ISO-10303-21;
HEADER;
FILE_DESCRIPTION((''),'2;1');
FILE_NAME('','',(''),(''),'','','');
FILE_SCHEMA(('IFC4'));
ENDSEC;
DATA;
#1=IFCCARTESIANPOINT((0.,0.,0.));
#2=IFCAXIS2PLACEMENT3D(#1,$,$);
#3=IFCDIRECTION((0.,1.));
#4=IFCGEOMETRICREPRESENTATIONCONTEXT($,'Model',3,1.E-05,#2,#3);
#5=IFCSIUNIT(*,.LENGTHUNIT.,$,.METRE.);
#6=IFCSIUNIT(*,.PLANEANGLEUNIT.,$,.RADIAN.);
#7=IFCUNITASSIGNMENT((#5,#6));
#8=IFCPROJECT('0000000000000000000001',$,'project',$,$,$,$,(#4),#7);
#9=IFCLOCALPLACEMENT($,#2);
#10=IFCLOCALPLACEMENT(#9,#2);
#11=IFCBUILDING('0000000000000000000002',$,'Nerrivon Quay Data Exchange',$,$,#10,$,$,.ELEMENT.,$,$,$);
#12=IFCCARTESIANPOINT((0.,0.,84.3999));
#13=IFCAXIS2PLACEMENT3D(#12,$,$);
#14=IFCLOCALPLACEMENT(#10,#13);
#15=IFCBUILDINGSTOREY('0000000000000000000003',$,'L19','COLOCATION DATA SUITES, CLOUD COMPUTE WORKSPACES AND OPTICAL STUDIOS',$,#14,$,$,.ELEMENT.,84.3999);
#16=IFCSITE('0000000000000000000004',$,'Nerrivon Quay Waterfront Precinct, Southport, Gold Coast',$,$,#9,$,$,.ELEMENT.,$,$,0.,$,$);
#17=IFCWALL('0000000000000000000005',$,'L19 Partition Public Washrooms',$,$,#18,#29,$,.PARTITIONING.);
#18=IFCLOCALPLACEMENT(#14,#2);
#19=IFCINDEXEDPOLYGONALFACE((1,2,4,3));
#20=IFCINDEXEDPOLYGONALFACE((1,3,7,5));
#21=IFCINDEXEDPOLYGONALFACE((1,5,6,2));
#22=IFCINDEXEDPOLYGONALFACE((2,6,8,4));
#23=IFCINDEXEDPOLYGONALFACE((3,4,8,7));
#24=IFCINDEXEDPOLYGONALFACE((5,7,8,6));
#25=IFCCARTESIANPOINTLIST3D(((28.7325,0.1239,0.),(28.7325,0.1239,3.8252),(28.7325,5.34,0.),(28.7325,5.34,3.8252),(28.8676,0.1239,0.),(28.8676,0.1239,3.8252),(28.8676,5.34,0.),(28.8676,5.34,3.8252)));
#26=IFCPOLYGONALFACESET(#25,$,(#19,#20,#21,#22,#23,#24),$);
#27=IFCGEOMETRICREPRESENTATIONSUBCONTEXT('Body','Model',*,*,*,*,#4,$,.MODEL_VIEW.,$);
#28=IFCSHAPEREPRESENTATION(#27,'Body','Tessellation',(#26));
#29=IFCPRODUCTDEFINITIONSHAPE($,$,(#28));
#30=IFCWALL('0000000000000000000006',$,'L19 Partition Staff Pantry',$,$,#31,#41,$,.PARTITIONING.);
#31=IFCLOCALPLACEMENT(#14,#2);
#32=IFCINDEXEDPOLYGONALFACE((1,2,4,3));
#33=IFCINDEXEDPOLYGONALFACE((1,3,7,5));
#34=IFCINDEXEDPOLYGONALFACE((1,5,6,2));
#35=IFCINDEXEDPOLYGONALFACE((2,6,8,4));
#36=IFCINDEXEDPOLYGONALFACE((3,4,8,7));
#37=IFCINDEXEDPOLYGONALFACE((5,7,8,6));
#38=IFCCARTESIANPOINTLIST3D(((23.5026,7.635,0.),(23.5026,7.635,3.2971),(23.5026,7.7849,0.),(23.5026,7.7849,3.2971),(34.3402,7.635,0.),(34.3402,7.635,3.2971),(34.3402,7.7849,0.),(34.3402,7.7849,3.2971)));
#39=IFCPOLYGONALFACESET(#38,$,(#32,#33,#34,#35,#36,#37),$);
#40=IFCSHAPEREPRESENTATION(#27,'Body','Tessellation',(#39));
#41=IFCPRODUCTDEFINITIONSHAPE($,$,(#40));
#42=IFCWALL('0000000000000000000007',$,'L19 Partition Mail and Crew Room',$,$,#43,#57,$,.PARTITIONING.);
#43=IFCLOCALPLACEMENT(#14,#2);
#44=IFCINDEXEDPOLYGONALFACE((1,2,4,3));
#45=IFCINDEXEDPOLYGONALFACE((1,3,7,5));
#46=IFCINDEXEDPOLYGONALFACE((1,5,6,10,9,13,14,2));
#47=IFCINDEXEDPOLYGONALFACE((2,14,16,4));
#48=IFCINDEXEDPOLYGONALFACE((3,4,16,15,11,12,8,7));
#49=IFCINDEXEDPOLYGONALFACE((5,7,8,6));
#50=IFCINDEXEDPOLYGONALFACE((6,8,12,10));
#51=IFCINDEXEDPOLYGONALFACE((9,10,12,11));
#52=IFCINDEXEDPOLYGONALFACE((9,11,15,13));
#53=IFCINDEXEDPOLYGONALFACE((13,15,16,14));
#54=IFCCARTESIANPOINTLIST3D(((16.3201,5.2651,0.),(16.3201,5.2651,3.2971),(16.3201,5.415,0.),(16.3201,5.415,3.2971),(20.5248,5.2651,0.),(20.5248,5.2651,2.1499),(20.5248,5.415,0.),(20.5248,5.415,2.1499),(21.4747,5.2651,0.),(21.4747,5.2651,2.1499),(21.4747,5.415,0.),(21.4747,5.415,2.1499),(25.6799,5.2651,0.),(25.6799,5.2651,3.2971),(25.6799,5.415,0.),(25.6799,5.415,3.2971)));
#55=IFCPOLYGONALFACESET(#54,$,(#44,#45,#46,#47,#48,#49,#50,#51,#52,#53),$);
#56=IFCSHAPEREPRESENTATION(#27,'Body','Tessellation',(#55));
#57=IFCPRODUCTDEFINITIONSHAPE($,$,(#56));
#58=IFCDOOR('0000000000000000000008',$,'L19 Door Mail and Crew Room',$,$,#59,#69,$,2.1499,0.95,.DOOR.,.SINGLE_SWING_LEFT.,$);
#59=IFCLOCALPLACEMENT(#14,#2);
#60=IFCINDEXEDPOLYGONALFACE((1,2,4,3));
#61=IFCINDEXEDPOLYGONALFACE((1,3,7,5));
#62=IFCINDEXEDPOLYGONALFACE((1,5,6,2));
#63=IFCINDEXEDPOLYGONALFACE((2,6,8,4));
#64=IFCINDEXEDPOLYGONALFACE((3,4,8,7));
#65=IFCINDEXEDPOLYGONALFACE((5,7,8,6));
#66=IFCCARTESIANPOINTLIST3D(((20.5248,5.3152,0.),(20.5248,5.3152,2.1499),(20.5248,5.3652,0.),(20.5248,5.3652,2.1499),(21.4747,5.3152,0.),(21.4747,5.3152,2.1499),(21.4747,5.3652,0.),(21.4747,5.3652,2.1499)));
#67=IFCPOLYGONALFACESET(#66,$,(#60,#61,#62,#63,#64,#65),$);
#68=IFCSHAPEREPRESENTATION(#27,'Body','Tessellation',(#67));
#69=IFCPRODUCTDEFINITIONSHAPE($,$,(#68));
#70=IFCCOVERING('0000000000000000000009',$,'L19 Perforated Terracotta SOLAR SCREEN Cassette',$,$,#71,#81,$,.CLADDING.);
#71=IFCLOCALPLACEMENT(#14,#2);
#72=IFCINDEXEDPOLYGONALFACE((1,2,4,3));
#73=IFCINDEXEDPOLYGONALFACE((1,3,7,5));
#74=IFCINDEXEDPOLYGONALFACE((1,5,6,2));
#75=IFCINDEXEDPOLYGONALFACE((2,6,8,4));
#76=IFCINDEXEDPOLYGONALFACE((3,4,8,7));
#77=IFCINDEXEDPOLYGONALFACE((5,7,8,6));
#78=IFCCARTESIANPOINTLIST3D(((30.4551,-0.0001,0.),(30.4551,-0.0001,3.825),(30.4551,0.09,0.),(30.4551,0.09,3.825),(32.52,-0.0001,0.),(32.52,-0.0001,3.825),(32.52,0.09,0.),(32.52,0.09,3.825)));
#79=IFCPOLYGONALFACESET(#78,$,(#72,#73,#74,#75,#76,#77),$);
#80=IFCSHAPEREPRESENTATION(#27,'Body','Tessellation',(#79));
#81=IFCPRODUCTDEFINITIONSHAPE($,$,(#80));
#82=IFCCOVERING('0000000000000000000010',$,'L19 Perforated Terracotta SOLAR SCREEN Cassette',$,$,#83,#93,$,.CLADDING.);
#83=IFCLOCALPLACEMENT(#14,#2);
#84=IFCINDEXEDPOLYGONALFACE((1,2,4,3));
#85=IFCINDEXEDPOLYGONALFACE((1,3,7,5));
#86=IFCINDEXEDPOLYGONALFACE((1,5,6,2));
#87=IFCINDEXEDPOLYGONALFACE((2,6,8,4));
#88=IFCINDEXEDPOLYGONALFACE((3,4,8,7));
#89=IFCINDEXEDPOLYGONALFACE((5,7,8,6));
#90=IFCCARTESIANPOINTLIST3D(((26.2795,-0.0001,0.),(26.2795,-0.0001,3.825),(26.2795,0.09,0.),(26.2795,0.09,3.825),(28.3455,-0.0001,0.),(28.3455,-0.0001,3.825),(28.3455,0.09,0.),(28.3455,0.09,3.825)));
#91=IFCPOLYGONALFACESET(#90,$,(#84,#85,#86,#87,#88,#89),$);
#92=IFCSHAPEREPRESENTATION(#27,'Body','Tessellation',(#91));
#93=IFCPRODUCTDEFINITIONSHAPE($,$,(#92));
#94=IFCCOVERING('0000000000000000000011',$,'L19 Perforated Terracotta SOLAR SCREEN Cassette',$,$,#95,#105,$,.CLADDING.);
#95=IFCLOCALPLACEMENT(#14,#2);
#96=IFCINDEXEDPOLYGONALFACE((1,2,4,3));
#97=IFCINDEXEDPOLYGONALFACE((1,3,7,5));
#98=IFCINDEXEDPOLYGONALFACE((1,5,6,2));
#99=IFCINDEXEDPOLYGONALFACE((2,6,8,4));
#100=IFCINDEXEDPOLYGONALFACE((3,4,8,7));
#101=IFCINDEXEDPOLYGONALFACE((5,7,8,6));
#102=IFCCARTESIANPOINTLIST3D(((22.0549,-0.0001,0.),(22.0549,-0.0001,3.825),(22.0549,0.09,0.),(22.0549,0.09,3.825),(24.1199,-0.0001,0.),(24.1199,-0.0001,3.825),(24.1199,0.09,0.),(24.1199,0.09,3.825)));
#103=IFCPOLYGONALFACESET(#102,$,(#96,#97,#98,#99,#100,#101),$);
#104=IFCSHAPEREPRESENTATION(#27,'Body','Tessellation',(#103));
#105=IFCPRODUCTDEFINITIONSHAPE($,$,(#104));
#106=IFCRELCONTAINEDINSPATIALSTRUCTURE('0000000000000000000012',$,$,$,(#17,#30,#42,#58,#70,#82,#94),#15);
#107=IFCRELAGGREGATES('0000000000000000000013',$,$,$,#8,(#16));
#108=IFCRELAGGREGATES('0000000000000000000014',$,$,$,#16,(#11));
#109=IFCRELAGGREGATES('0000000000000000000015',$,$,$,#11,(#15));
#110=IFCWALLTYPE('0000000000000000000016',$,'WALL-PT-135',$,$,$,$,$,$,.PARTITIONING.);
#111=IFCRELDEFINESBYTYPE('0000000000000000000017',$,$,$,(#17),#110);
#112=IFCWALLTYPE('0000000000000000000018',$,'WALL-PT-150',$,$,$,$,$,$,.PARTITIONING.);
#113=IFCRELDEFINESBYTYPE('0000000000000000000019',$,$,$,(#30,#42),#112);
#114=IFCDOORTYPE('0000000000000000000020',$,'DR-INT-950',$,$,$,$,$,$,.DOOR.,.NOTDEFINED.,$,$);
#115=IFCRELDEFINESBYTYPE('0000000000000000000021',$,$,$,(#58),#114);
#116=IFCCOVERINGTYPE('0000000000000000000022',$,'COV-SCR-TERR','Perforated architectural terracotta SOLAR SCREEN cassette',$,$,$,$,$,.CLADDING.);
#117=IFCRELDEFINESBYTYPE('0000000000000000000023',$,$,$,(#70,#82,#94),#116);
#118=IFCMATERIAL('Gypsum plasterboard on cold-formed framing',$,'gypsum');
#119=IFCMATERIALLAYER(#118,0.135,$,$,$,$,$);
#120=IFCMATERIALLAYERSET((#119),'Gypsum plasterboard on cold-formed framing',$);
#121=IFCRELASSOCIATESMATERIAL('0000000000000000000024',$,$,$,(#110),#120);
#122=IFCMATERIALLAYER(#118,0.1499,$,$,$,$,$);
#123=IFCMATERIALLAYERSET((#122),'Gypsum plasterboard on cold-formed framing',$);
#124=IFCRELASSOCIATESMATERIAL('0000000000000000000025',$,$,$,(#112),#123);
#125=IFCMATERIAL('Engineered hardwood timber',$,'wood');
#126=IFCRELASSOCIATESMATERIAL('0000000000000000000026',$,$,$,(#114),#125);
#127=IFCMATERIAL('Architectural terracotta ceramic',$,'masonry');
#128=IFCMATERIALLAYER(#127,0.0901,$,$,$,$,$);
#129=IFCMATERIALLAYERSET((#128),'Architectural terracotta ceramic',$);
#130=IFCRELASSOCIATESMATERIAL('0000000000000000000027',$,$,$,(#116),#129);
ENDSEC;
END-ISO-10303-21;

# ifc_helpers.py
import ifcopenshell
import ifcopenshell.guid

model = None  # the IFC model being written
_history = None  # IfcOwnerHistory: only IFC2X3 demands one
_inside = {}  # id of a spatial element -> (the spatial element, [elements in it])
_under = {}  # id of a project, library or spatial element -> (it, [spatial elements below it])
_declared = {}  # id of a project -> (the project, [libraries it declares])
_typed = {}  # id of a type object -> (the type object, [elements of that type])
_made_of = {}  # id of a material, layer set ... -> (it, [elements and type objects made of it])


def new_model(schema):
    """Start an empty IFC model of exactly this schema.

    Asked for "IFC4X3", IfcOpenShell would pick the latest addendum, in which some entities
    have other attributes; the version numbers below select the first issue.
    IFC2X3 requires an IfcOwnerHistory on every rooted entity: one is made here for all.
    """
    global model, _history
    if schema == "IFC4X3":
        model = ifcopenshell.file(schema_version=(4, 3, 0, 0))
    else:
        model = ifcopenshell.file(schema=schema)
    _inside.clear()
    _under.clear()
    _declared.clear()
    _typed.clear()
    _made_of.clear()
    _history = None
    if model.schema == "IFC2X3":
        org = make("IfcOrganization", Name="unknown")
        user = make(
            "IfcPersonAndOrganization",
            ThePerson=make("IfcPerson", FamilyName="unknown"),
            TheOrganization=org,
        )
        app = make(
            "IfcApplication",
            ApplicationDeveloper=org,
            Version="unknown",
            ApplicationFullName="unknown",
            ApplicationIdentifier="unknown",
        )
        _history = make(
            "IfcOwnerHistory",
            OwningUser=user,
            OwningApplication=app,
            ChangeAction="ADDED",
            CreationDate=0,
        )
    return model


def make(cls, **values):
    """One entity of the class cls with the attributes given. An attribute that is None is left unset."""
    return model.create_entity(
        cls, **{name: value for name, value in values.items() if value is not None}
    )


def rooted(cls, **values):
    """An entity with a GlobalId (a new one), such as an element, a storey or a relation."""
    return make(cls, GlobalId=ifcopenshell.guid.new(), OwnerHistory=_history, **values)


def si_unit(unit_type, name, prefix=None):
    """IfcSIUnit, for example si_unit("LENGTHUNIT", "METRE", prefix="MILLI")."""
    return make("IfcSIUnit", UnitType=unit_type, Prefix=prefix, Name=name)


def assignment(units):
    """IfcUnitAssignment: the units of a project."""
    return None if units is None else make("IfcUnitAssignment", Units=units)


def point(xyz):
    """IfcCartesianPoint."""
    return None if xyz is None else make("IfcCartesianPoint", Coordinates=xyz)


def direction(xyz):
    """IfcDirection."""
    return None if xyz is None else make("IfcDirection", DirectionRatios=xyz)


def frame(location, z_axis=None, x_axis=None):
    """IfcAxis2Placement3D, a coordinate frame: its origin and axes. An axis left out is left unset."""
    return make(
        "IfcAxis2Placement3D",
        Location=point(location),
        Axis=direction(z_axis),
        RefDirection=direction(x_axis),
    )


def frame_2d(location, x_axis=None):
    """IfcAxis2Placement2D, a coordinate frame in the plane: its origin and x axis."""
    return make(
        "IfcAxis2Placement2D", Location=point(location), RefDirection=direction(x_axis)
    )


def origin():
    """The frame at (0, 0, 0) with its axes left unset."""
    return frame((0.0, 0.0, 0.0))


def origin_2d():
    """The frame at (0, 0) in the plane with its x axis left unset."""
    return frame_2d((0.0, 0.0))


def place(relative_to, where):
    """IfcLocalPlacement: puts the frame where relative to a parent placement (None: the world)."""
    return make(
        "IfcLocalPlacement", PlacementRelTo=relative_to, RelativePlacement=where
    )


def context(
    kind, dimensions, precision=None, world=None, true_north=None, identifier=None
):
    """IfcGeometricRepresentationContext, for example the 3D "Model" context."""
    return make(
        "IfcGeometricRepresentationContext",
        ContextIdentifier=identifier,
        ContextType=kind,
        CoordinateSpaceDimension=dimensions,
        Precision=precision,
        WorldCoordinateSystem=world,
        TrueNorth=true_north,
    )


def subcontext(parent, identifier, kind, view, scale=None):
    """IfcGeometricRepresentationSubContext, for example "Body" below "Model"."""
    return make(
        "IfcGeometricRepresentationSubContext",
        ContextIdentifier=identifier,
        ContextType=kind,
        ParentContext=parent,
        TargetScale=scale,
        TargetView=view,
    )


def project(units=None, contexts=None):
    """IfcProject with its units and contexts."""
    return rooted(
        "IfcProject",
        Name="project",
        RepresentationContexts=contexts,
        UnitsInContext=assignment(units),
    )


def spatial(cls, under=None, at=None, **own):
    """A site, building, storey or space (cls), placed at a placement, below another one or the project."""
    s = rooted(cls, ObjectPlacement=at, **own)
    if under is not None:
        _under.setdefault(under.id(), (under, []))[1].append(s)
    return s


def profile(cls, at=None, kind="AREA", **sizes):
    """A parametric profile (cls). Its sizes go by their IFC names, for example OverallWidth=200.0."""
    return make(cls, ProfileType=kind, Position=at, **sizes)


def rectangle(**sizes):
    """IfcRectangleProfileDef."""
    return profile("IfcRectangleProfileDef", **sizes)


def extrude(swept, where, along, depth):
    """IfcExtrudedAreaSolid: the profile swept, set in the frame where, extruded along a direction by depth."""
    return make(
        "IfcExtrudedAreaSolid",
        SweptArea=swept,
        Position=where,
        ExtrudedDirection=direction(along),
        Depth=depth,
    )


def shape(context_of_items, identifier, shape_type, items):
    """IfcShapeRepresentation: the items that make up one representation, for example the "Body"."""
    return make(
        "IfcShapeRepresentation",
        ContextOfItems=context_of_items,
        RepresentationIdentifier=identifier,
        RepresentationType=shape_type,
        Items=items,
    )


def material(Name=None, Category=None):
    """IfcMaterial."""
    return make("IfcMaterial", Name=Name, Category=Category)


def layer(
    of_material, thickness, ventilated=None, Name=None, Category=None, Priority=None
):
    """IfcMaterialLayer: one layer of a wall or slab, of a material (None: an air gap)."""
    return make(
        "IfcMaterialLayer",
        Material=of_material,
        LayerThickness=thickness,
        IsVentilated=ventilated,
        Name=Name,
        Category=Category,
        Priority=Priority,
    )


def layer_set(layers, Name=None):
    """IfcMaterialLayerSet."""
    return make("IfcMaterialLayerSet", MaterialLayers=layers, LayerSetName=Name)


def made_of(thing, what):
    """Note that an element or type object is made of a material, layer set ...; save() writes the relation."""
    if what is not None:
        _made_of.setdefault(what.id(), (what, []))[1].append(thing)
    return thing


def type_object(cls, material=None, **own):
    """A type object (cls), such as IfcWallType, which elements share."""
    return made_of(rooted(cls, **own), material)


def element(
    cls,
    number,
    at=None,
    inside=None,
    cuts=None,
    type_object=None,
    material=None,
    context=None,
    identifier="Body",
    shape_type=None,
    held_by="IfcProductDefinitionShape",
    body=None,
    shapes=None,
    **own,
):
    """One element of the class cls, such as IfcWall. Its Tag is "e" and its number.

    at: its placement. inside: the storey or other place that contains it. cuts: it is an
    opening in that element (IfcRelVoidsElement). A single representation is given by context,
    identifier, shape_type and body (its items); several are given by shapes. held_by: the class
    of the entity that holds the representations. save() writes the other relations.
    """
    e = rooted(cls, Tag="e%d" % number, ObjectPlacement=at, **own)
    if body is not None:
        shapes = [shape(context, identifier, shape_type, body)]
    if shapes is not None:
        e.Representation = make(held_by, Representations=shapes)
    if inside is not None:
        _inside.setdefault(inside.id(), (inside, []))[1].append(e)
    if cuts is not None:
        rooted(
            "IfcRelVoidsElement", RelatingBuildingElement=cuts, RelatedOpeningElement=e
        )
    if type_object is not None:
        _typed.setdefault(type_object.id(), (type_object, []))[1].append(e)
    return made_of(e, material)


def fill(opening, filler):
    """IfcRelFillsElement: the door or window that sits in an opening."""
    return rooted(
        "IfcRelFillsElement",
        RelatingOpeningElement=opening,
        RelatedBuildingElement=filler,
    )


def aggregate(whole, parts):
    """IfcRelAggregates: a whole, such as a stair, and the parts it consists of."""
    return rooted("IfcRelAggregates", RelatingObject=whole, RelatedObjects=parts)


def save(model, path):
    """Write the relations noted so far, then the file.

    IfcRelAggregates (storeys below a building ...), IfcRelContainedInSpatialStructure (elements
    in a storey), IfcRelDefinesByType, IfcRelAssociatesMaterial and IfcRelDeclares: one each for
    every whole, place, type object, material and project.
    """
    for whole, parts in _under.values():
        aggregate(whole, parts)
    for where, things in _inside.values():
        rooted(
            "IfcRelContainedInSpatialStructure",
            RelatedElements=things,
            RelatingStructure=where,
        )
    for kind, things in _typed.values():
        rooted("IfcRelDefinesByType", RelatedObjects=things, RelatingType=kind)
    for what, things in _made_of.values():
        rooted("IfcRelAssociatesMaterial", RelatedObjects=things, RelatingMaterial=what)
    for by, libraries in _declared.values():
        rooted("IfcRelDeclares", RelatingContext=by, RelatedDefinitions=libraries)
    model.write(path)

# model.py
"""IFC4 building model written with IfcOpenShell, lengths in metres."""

from ifc_helpers import new_model, si_unit, direction, frame, frame_2d, origin, origin_2d, place, context, subcontext, project, spatial, rectangle, extrude, material, layer, layer_set, type_object, element, fill, save


model = new_model("IFC4")

# Units and contexts
model_context = context("Model", 3, precision=1e-05, world=origin(), true_north=direction((0.0, 1.0)))
body_context = subcontext(model_context, "Body", "Model", "MODEL_VIEW")
ifc_project = project(units=[si_unit("LENGTHUNIT", "METRE"), si_unit("PLANEANGLEUNIT", "RADIAN")], contexts=[model_context])

# Site, building, storey
site_placement = place(None, origin())
site = spatial("IfcSite", under=ifc_project, at=site_placement, Name="Nerrivon Quay Waterfront Precinct, Southport, Gold Coast", CompositionType="ELEMENT", RefElevation=0.0)
building_placement = place(site_placement, origin())
building = spatial("IfcBuilding", under=site, at=building_placement, Name="Nerrivon Quay Data Exchange", CompositionType="ELEMENT")
storey_placement = place(building_placement, frame((0.0, 0.0, 84.3999)))
storey = spatial("IfcBuildingStorey", under=building, at=storey_placement, Name="L19", Description="COLOCATION DATA SUITES, CLOUD COMPUTE WORKSPACES AND OPTICAL STUDIOS", CompositionType="ELEMENT", Elevation=84.3999)

# Shared definitions
ifc_material_1 = material(Name="Gypsum plasterboard on cold-formed framing", Category="gypsum")
ifc_material_2 = material(Name="Engineered hardwood timber", Category="wood")

# Walls
ifc_layer_1 = layer(ifc_material_1, 0.135)
ifc_layer_set_1 = layer_set([ifc_layer_1], Name="Gypsum plasterboard on cold-formed framing")
wall_type_1 = type_object("IfcWallType", Name="WALL-PT-135", PredefinedType="PARTITIONING", material=ifc_layer_set_1)
for number, where, z_axis, x_axis, name in (
    (1, (28.8, 0.124, 0.0), (0.0, 0.0, 1.0), (0.0, 1.0, 0.0), "L19 Partition Public Washrooms"),
):
    element("IfcWall", number, at=place(storey_placement, frame(where, z_axis=z_axis, x_axis=x_axis)), inside=storey, type_object=wall_type_1, Name=name, PredefinedType="PARTITIONING", context=body_context, shape_type="SweptSolid", body=[
        extrude(rectangle(XDim=5.2161, YDim=0.135, at=frame_2d((2.6079, 0.0))), origin(), (0.0, 0.0, 1.0), 3.8252),
    ])
ifc_layer_2 = layer(ifc_material_1, 0.1499)
ifc_layer_set_2 = layer_set([ifc_layer_2], Name="Gypsum plasterboard on cold-formed framing")
wall_type_2 = type_object("IfcWallType", Name="WALL-PT-150", PredefinedType="PARTITIONING", material=ifc_layer_set_2)
wall_1_placement = place(storey_placement, frame((23.5024, 7.71, 0.0), z_axis=(0.0, 0.0, 1.0), x_axis=(1.0, 0.0, 0.0)))
element("IfcWall", 2, at=wall_1_placement, inside=storey, type_object=wall_type_2, Name="L19 Partition Staff Pantry", PredefinedType="PARTITIONING", context=body_context, shape_type="SweptSolid", body=[
    extrude(rectangle(XDim=10.8376, YDim=0.1499, at=frame_2d((5.4189, 0.0))), origin(), (0.0, 0.0, 1.0), 3.2971),
])

# Wall, opening, door
wall_2_placement = place(storey_placement, frame((25.6799, 5.3401, 0.0), z_axis=(0.0, 0.0, 1.0), x_axis=(-1.0, 0.0, 0.0)))
wall_2 = element("IfcWall", 3, at=wall_2_placement, inside=storey, type_object=wall_type_2, Name="L19 Partition Mail and Crew Room", PredefinedType="PARTITIONING", context=body_context, shape_type="SweptSolid", body=[
    extrude(rectangle(XDim=9.3599, YDim=0.1499, at=frame_2d((4.6799, 0.0))), origin(), (0.0, 0.0, 1.0), 3.2971),
])
opening_1_placement = place(wall_2_placement, frame((4.2051, 0.0, 0.0)))
opening_1 = element("IfcOpeningElement", 4, at=opening_1_placement, cuts=wall_2, PredefinedType="OPENING", context=body_context, shape_type="SweptSolid", body=[
    extrude(rectangle(XDim=0.95, YDim=2.1499, at=frame_2d((0.4751, 1.075))), frame((0.0, 0.085, 0.0), z_axis=(0.0, -1.0, 0.0), x_axis=(1.0, 0.0, 0.0)), (0.0, 0.0, 1.0), 0.1699),
])
door_type_1 = type_object("IfcDoorType", Name="DR-INT-950", OperationType="NOTDEFINED", PredefinedType="DOOR", material=ifc_material_2)
door_1_placement = place(opening_1_placement, origin())
door_1 = element("IfcDoor", 5, at=door_1_placement, inside=storey, type_object=door_type_1, Name="L19 Door Mail and Crew Room", OperationType="SINGLE_SWING_LEFT", OverallHeight=2.1499, OverallWidth=0.95, PredefinedType="DOOR", context=body_context, shape_type="SweptSolid", body=[
    extrude(rectangle(XDim=0.95, YDim=2.1499, at=frame_2d((0.4751, 1.075))), frame((0.0, 0.0249, 0.0), z_axis=(0.0, -1.0, 0.0), x_axis=(1.0, 0.0, 0.0)), (0.0, 0.0, 1.0), 0.05),
])
fill(opening_1, door_1)

# Coverings
ifc_material_3 = material(Name="Architectural terracotta ceramic", Category="masonry")
ifc_layer_3 = layer(ifc_material_3, 0.0901)
ifc_layer_set_3 = layer_set([ifc_layer_3], Name="Architectural terracotta ceramic")
covering_type = type_object("IfcCoveringType", Name="COV-SCR-TERR", Description="Perforated architectural terracotta SOLAR SCREEN cassette", PredefinedType="CLADDING", material=ifc_layer_set_3)
covering_1_placement = place(storey_placement, frame((31.4875, 0.0449, 0.0), z_axis=(0.0, 0.0, 1.0), x_axis=(-1.0, 0.0, 0.0)))
element("IfcCovering", 6, at=covering_1_placement, inside=storey, type_object=covering_type, Name="L19 Perforated Terracotta SOLAR SCREEN Cassette", PredefinedType="CLADDING", context=body_context, shape_type="SweptSolid", body=[
    extrude(rectangle(XDim=2.0649, YDim=0.0901, at=origin_2d()), origin(), (0.0, 0.0, 1.0), 3.825),
])
covering_2_placement = place(storey_placement, frame((27.3125, 0.0449, 0.0), z_axis=(0.0, 0.0, 1.0), x_axis=(-1.0, 0.0, 0.0)))
element("IfcCovering", 7, at=covering_2_placement, inside=storey, type_object=covering_type, Name="L19 Perforated Terracotta SOLAR SCREEN Cassette", PredefinedType="CLADDING", context=body_context, shape_type="SweptSolid", body=[
    extrude(rectangle(XDim=2.0659, YDim=0.0901, at=origin_2d()), origin(), (0.0, 0.0, 1.0), 3.825),
])
covering_3_placement = place(storey_placement, frame((23.0874, 0.0449, 0.0), z_axis=(0.0, 0.0, 1.0), x_axis=(-1.0, 0.0, 0.0)))
element("IfcCovering", 8, at=covering_3_placement, inside=storey, type_object=covering_type, Name="L19 Perforated Terracotta SOLAR SCREEN Cassette", PredefinedType="CLADDING", context=body_context, shape_type="SweptSolid", body=[
    extrude(rectangle(XDim=2.0649, YDim=0.0901, at=origin_2d()), origin(), (0.0, 0.0, 1.0), 3.825),
])

save(model, "model.ifc")
